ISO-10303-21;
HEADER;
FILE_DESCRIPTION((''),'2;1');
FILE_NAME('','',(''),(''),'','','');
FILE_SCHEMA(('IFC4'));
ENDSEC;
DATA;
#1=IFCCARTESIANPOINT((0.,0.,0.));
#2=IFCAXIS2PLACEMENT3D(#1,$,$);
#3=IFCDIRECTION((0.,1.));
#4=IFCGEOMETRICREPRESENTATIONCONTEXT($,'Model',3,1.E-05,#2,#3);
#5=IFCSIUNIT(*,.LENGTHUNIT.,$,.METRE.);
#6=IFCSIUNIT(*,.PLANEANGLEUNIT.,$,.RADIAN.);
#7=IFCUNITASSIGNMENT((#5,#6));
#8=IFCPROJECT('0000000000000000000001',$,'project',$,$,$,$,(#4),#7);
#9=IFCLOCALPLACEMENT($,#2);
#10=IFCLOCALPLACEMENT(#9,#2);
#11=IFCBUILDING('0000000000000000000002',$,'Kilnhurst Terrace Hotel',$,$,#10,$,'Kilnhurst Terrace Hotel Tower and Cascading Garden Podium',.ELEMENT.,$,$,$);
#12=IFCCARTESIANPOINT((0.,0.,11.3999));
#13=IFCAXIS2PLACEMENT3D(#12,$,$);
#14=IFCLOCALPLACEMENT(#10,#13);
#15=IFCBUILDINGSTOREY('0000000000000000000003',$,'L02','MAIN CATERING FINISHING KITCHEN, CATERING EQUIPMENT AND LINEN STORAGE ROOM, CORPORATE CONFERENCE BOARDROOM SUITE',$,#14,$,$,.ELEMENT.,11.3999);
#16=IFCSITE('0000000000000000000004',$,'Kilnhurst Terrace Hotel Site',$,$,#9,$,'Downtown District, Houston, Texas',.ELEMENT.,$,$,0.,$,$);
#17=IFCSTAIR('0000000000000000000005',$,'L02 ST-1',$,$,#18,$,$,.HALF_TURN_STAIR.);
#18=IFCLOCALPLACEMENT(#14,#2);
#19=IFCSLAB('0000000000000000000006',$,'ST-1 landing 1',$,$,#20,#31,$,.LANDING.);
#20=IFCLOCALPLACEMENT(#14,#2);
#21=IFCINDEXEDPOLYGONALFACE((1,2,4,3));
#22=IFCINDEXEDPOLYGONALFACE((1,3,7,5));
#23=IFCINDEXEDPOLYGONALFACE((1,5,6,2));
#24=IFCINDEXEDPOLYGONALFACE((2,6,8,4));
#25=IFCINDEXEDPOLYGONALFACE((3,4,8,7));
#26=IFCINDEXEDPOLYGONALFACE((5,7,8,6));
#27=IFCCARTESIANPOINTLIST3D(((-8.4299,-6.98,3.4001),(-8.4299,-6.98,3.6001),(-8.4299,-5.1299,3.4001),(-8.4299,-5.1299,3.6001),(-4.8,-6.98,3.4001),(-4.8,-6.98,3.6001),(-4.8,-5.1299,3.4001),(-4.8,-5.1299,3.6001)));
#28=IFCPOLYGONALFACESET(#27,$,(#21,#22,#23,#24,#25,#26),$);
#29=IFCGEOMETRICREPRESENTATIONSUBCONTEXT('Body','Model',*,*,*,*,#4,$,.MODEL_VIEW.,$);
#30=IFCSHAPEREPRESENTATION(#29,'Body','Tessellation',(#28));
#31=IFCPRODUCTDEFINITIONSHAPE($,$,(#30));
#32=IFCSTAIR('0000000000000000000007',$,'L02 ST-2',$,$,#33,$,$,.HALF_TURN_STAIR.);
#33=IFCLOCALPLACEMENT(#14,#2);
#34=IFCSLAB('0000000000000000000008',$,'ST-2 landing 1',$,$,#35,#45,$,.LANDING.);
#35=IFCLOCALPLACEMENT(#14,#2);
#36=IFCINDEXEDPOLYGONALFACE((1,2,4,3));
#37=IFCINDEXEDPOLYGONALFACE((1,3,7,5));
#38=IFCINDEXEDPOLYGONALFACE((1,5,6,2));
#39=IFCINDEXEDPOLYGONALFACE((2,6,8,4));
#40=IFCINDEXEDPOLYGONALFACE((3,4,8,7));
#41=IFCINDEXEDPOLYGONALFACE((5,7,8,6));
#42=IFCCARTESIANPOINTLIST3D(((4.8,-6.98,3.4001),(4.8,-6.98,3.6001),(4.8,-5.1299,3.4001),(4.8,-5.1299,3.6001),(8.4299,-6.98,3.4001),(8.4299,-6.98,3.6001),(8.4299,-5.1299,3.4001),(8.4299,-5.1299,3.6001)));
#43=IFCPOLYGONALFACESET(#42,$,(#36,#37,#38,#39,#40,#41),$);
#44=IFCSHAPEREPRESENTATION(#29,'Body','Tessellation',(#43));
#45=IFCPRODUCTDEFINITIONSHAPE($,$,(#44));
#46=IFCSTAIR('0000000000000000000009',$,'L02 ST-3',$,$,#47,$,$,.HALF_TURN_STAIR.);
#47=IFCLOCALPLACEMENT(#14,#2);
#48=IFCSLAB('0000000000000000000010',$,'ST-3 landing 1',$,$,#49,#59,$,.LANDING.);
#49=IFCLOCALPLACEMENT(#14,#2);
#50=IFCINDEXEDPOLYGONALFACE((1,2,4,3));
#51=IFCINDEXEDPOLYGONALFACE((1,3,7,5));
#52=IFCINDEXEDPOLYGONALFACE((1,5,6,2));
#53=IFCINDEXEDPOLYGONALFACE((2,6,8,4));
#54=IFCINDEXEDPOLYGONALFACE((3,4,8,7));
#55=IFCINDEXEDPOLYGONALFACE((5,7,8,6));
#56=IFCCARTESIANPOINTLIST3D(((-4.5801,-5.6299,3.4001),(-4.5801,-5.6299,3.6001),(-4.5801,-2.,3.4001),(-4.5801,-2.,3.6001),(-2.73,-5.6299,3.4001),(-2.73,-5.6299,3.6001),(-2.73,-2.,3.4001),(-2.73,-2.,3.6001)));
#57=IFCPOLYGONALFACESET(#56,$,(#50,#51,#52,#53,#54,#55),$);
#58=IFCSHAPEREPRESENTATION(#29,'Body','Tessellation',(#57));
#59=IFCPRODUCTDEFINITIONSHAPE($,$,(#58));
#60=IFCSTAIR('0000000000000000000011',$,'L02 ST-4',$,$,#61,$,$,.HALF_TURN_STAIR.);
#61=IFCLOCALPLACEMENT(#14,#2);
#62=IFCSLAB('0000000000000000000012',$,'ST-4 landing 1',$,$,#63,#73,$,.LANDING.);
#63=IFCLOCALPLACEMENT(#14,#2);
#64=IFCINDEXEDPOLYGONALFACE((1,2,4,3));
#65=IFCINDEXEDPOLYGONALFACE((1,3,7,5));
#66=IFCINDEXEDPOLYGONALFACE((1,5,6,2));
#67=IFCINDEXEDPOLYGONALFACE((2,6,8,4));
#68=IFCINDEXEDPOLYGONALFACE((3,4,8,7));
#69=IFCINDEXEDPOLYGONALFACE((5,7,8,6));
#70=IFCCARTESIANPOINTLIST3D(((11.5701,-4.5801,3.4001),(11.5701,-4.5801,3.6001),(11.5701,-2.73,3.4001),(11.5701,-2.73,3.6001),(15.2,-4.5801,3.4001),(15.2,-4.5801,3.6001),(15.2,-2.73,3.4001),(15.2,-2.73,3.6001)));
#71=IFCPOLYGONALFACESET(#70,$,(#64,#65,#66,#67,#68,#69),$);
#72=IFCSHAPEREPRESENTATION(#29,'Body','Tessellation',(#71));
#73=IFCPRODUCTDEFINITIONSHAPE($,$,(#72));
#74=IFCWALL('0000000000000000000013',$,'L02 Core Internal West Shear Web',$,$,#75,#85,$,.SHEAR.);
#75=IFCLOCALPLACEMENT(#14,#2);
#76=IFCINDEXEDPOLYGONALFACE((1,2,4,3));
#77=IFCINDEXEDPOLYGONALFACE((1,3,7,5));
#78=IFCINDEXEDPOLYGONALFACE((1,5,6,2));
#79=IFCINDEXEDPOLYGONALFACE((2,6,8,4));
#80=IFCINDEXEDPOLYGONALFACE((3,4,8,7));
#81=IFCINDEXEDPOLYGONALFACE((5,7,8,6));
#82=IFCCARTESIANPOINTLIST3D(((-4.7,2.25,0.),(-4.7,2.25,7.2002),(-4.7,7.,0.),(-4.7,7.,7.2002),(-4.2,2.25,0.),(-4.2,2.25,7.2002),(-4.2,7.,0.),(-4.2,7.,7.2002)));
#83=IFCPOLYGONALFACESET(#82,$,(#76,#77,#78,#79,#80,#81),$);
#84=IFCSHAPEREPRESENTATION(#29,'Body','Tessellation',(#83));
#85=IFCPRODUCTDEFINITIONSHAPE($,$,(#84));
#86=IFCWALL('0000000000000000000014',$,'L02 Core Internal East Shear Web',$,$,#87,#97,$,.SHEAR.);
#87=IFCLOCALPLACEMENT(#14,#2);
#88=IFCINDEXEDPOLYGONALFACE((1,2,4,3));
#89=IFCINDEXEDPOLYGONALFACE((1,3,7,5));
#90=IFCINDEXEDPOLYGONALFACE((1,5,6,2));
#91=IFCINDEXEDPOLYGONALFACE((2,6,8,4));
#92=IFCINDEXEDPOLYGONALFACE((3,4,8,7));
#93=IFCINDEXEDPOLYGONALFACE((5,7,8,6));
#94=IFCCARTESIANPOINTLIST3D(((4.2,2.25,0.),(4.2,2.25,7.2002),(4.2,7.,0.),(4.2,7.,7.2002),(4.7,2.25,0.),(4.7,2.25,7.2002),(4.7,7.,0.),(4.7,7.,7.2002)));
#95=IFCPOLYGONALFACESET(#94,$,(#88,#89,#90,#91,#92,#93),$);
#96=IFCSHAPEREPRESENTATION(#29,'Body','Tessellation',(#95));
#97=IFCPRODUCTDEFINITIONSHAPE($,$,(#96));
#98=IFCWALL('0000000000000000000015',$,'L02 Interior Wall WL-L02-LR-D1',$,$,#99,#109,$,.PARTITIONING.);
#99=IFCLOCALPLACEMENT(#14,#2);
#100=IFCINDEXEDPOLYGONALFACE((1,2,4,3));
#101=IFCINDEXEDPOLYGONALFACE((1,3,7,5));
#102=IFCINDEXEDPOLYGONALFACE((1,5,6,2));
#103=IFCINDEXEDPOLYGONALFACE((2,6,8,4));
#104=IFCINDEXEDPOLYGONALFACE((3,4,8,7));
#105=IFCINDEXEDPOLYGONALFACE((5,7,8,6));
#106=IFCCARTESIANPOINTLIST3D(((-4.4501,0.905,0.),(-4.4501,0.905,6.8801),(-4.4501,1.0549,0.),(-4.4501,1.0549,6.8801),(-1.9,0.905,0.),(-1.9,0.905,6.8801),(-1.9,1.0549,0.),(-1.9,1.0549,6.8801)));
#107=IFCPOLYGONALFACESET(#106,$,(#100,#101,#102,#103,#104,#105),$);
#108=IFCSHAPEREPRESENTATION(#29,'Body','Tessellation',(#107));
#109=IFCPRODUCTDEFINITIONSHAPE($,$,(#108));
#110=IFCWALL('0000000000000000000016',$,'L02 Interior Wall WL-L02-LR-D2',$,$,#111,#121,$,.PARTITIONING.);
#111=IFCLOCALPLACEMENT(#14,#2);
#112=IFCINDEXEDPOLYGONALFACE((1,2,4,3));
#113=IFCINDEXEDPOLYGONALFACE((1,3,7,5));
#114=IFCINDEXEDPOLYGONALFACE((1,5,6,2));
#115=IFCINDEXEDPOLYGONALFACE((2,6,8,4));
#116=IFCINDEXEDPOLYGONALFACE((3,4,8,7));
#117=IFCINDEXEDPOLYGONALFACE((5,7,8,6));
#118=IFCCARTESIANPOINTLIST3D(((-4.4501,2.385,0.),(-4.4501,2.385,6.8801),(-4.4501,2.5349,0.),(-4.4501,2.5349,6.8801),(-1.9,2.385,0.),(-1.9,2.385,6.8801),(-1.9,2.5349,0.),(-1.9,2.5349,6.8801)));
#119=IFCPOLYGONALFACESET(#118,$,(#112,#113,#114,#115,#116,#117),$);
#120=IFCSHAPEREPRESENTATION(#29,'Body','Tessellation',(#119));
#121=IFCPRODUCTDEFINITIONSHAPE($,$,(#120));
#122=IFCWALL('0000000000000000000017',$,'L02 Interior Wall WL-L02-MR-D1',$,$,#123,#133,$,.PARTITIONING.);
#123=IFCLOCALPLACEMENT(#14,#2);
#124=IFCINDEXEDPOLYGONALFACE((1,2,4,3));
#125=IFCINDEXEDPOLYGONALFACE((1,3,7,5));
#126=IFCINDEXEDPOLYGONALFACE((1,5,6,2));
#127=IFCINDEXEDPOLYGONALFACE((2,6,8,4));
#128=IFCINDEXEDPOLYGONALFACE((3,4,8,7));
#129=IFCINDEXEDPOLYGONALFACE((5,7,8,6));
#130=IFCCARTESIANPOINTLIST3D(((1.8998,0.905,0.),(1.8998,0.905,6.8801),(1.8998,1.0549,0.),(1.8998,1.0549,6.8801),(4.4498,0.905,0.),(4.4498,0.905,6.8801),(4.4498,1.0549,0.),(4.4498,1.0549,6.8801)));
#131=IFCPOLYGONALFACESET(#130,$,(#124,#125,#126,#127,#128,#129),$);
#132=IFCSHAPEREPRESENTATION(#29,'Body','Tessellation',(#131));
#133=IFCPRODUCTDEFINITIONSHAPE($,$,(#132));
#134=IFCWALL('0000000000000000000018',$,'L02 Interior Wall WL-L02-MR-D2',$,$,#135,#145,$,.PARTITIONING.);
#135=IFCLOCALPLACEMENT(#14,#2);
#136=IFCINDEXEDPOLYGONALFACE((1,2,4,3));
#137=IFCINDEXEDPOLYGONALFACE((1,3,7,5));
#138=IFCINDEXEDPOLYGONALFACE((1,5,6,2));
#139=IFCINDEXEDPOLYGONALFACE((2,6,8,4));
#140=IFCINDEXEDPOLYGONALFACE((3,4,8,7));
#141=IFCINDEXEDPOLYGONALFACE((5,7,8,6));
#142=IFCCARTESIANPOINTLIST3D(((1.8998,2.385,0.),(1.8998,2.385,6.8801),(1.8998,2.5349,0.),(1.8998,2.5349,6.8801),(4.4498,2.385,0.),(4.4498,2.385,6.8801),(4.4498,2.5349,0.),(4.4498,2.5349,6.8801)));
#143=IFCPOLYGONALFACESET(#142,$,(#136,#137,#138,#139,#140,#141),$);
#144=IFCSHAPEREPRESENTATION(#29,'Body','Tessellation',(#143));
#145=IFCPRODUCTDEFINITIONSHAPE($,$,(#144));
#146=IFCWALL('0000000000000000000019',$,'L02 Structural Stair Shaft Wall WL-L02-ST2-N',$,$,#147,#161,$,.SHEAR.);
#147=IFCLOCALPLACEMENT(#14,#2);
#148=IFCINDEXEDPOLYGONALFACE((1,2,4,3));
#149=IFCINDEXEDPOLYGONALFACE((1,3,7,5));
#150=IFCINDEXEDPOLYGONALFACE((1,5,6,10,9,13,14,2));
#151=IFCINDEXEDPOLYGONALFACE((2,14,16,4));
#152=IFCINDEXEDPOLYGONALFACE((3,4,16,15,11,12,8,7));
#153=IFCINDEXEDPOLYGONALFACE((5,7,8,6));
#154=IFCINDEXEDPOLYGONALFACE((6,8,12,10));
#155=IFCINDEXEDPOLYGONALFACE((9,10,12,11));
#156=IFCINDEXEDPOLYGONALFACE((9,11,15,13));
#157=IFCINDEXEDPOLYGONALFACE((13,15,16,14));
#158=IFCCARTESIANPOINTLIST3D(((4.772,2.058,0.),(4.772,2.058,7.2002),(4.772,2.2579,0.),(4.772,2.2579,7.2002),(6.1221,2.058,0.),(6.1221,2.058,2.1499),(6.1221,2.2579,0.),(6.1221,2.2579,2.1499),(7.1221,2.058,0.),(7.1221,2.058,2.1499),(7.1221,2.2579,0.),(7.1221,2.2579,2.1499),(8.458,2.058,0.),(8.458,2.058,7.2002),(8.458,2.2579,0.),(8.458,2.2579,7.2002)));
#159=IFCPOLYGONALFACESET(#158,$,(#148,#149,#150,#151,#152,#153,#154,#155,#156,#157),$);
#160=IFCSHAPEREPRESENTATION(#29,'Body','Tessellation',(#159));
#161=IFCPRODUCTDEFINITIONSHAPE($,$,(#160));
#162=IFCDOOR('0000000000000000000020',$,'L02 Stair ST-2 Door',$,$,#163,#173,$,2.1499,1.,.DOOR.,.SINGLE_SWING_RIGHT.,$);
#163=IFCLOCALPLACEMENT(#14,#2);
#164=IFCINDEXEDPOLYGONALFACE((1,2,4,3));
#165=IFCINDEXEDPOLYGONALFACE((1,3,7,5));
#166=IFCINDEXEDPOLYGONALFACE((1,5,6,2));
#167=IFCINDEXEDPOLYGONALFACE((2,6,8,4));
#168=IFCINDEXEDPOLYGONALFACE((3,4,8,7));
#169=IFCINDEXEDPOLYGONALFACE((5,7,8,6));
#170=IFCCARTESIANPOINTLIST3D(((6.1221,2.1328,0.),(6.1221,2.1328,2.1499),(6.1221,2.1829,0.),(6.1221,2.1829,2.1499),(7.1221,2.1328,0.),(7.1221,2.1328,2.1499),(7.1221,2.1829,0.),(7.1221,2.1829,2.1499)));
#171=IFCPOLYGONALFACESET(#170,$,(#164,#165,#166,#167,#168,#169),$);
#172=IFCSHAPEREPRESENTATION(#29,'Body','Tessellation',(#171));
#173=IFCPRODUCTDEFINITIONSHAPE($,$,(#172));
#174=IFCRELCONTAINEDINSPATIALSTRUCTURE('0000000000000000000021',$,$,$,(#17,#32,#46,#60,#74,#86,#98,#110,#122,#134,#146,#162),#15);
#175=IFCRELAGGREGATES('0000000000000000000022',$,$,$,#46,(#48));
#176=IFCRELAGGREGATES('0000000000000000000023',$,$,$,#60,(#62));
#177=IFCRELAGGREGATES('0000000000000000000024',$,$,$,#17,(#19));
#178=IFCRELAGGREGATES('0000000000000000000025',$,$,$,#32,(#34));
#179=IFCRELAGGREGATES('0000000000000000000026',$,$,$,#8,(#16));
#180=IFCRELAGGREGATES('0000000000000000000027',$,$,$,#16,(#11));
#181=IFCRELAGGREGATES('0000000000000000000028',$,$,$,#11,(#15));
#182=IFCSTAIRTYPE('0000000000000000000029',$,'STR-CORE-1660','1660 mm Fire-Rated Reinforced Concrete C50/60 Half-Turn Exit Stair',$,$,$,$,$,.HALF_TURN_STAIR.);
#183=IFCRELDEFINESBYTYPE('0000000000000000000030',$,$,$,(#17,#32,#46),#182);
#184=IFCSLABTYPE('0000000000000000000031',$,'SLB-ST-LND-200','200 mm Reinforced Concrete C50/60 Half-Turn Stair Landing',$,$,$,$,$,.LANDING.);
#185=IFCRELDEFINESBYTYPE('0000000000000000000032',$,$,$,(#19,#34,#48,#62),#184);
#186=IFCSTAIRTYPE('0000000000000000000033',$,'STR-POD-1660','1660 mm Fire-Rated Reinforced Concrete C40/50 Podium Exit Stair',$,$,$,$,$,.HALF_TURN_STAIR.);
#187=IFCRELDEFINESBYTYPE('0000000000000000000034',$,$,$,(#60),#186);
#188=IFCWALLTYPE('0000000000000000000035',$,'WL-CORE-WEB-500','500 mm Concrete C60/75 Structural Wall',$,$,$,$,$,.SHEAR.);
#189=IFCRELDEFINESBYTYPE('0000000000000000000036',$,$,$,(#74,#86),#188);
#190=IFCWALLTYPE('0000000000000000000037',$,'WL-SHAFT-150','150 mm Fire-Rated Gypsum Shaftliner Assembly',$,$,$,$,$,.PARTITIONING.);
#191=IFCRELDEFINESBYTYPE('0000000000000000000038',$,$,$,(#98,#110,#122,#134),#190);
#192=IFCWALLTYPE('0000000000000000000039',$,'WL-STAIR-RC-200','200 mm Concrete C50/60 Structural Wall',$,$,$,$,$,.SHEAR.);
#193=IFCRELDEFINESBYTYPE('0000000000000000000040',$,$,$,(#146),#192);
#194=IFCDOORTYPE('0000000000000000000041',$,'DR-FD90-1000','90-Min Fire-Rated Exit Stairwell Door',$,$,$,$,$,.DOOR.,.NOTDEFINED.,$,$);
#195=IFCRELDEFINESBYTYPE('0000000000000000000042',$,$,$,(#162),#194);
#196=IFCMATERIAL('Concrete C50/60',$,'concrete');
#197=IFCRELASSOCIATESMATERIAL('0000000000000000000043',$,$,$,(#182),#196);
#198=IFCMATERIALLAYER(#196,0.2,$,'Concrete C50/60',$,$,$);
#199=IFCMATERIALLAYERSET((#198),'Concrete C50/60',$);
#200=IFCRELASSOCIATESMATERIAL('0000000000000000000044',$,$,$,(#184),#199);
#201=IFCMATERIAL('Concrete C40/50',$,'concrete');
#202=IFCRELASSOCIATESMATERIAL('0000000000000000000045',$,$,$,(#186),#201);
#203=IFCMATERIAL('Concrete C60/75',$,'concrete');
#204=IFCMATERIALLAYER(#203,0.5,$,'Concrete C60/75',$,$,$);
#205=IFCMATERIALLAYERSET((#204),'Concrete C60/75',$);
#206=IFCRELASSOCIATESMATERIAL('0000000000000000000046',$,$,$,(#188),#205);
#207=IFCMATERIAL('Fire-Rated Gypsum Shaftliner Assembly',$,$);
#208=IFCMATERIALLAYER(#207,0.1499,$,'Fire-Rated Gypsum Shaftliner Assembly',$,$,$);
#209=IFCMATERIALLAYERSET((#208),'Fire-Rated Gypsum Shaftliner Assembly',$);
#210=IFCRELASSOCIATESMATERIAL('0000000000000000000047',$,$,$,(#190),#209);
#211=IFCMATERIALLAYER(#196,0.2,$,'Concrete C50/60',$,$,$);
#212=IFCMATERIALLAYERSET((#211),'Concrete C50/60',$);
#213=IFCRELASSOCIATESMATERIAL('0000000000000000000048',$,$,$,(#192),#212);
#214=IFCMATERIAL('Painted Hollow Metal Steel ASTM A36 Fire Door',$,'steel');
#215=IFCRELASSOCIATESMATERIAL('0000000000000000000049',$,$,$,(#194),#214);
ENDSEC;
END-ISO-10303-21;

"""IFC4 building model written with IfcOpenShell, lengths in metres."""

from ifc_helpers import new_model, si_unit, direction, frame, frame_2d, origin, place, context, subcontext, project, spatial, polyline, rectangle, outline, extrude, material, layer, layer_set, type_object, element, fill, aggregate, save


model = new_model("IFC4")

# Units and contexts
model_context = context("Model", 3, precision=1e-05, world=origin(), true_north=direction((0.0, 1.0)))
body_context = subcontext(model_context, "Body", "Model", "MODEL_VIEW")
ifc_project = project(units=[si_unit("LENGTHUNIT", "METRE"), si_unit("PLANEANGLEUNIT", "RADIAN")], contexts=[model_context])

# Site, building, storey
site_placement = place(None, origin())
site = spatial("IfcSite", under=ifc_project, at=site_placement, Name="Kilnhurst Terrace Hotel Site", LongName="Downtown District, Houston, Texas", CompositionType="ELEMENT", RefElevation=0.0)
building_placement = place(site_placement, origin())
building = spatial("IfcBuilding", under=site, at=building_placement, Name="Kilnhurst Terrace Hotel", LongName="Kilnhurst Terrace Hotel Tower and Cascading Garden Podium", CompositionType="ELEMENT")
storey_placement = place(building_placement, frame((0.0, 0.0, 11.3999)))
storey = spatial("IfcBuildingStorey", under=building, at=storey_placement, Name="L02", Description="MAIN CATERING FINISHING KITCHEN, CATERING EQUIPMENT AND LINEN STORAGE ROOM, CORPORATE CONFERENCE BOARDROOM SUITE", CompositionType="ELEMENT", Elevation=11.3999)

# Stairs, slabs
ifc_material_1 = material(Name="Concrete C50/60", Category="concrete")
stair_type_1 = type_object("IfcStairType", Name="STR-CORE-1660", Description="1660 mm Fire-Rated Reinforced Concrete C50/60 Half-Turn Exit Stair", PredefinedType="HALF_TURN_STAIR", material=ifc_material_1)
stair_1_placement = place(storey_placement, origin())
stair_1 = element("IfcStair", 1, at=stair_1_placement, inside=storey, type_object=stair_type_1, Name="L02 ST-1", PredefinedType="HALF_TURN_STAIR")
ifc_layer_1 = layer(ifc_material_1, 0.2, Name="Concrete C50/60")
ifc_layer_set_1 = layer_set([ifc_layer_1], Name="Concrete C50/60")
slab_type = type_object("IfcSlabType", Name="SLB-ST-LND-200", Description="200 mm Reinforced Concrete C50/60 Half-Turn Stair Landing", PredefinedType="LANDING", material=ifc_layer_set_1)
slab_1_placement = place(storey_placement, frame((0.0, 0.0, 3.4001)))
slab_1 = element("IfcSlab", 2, at=slab_1_placement, type_object=slab_type, Name="ST-1 landing 1", PredefinedType="LANDING", context=body_context, shape_type="SweptSolid", body=[
    extrude(outline(polyline([(-8.4299, -5.1299), (-4.8, -5.1299), (-4.8, -6.98), (-8.4299, -6.98), (-8.4299, -5.1299)])), origin(), (0.0, 0.0, 1.0), 0.2),
])
stair_2_placement = place(storey_placement, origin())
stair_2 = element("IfcStair", 3, at=stair_2_placement, inside=storey, type_object=stair_type_1, Name="L02 ST-2", PredefinedType="HALF_TURN_STAIR")
slab_2_placement = place(storey_placement, frame((0.0, 0.0, 3.4001)))
slab_2 = element("IfcSlab", 4, at=slab_2_placement, type_object=slab_type, Name="ST-2 landing 1", PredefinedType="LANDING", context=body_context, shape_type="SweptSolid", body=[
    extrude(outline(polyline([(4.8, -5.1299), (8.4299, -5.1299), (8.4299, -6.98), (4.8, -6.98), (4.8, -5.1299)])), origin(), (0.0, 0.0, 1.0), 0.2),
])
stair_3_placement = place(storey_placement, origin())
stair_3 = element("IfcStair", 5, at=stair_3_placement, inside=storey, type_object=stair_type_1, Name="L02 ST-3", PredefinedType="HALF_TURN_STAIR")
slab_3_placement = place(storey_placement, frame((0.0, 0.0, 3.4001)))
slab_3 = element("IfcSlab", 6, at=slab_3_placement, type_object=slab_type, Name="ST-3 landing 1", PredefinedType="LANDING", context=body_context, shape_type="SweptSolid", body=[
    extrude(outline(polyline([(-2.73, -2.0), (-2.73, -5.6299), (-4.5801, -5.6299), (-4.5801, -2.0), (-2.73, -2.0)])), origin(), (0.0, 0.0, 1.0), 0.2),
])
aggregate(stair_3, [slab_3])
ifc_material_2 = material(Name="Concrete C40/50", Category="concrete")
stair_type_2 = type_object("IfcStairType", Name="STR-POD-1660", Description="1660 mm Fire-Rated Reinforced Concrete C40/50 Podium Exit Stair", PredefinedType="HALF_TURN_STAIR", material=ifc_material_2)
stair_4_placement = place(storey_placement, origin())
stair_4 = element("IfcStair", 7, at=stair_4_placement, inside=storey, type_object=stair_type_2, Name="L02 ST-4", PredefinedType="HALF_TURN_STAIR")
slab_4_placement = place(storey_placement, frame((0.0, 0.0, 3.4001)))
slab_4 = element("IfcSlab", 8, at=slab_4_placement, type_object=slab_type, Name="ST-4 landing 1", PredefinedType="LANDING", context=body_context, shape_type="SweptSolid", body=[
    extrude(outline(polyline([(11.5701, -2.73), (15.2, -2.73), (15.2, -4.5801), (11.5701, -4.5801), (11.5701, -2.73)])), origin(), (0.0, 0.0, 1.0), 0.2),
])
aggregate(stair_4, [slab_4])

# Walls
ifc_material_3 = material(Name="Concrete C60/75", Category="concrete")
ifc_layer_2 = layer(ifc_material_3, 0.5, Name="Concrete C60/75")
ifc_layer_set_2 = layer_set([ifc_layer_2], Name="Concrete C60/75")
wall_type_1 = type_object("IfcWallType", Name="WL-CORE-WEB-500", Description="500 mm Concrete C60/75 Structural Wall", PredefinedType="SHEAR", material=ifc_layer_set_2)
for number, where, z_axis, x_axis, name in (
    (9, (-4.45, 2.25, 0.0), (0.0, 0.0, 1.0), (0.0, 1.0, 0.0), "L02 Core Internal West Shear Web"),
    (10, (4.45, 2.25, 0.0), (0.0, 0.0, 1.0), (0.0, 1.0, 0.0), "L02 Core Internal East Shear Web"),
):
    element("IfcWall", number, at=place(storey_placement, frame(where, z_axis=z_axis, x_axis=x_axis)), inside=storey, type_object=wall_type_1, Name=name, PredefinedType="SHEAR", context=body_context, shape_type="SweptSolid", body=[
        extrude(rectangle(XDim=4.75, YDim=0.5, at=frame_2d((2.375, 0.0))), origin(), (0.0, 0.0, 1.0), 7.2002),
    ])
ifc_material_4 = material(Name="Fire-Rated Gypsum Shaftliner Assembly")
ifc_layer_3 = layer(ifc_material_4, 0.1499, Name="Fire-Rated Gypsum Shaftliner Assembly")
ifc_layer_set_3 = layer_set([ifc_layer_3], Name="Fire-Rated Gypsum Shaftliner Assembly")
wall_type_2 = type_object("IfcWallType", Name="WL-SHAFT-150", Description="150 mm Fire-Rated Gypsum Shaftliner Assembly", PredefinedType="PARTITIONING", material=ifc_layer_set_3)
for number, where, z_axis, x_axis, name in (
    (11, (-4.45, 0.98, 0.0), (0.0, 0.0, 1.0), (1.0, 0.0, 0.0), "L02 Interior Wall WL-L02-LR-D1"),
    (12, (-4.45, 2.46, 0.0), (0.0, 0.0, 1.0), (1.0, 0.0, 0.0), "L02 Interior Wall WL-L02-LR-D2"),
    (13, (1.8999, 0.98, 0.0), (0.0, 0.0, 1.0), (1.0, 0.0, 0.0), "L02 Interior Wall WL-L02-MR-D1"),
    (14, (1.8999, 2.46, 0.0), (0.0, 0.0, 1.0), (1.0, 0.0, 0.0), "L02 Interior Wall WL-L02-MR-D2"),
):
    element("IfcWall", number, at=place(storey_placement, frame(where, z_axis=z_axis, x_axis=x_axis)), inside=storey, type_object=wall_type_2, Name=name, PredefinedType="PARTITIONING", context=body_context, shape_type="SweptSolid", body=[
        extrude(rectangle(XDim=2.55, YDim=0.1499, at=frame_2d((1.2749, 0.0))), origin(), (0.0, 0.0, 1.0), 6.8801),
    ])

# Wall, opening, door
ifc_layer_4 = layer(ifc_material_1, 0.2, Name="Concrete C50/60")
ifc_layer_set_4 = layer_set([ifc_layer_4], Name="Concrete C50/60")
wall_type_3 = type_object("IfcWallType", Name="WL-STAIR-RC-200", Description="200 mm Concrete C50/60 Structural Wall", PredefinedType="SHEAR", material=ifc_layer_set_4)
wall_placement = place(storey_placement, frame((4.772, 2.158, 0.0), z_axis=(0.0, 0.0, 1.0), x_axis=(1.0, 0.0, 0.0)))
wall = element("IfcWall", 15, at=wall_placement, inside=storey, type_object=wall_type_3, Name="L02 Structural Stair Shaft Wall WL-L02-ST2-N", PredefinedType="SHEAR", context=body_context, shape_type="SweptSolid", body=[
    extrude(rectangle(XDim=3.686, YDim=0.2, at=frame_2d((1.843, 0.0))), origin(), (0.0, 0.0, 1.0), 7.2002),
])
opening_placement = place(wall_placement, frame((1.3501, 0.0, 0.0)))
opening = element("IfcOpeningElement", 16, at=opening_placement, cuts=wall, PredefinedType="OPENING", context=body_context, shape_type="SweptSolid", body=[
    extrude(rectangle(XDim=1.0, YDim=2.1499, at=frame_2d((0.5, 1.075))), frame((0.0, 0.1099, 0.0), z_axis=(0.0, -1.0, 0.0), x_axis=(1.0, 0.0, 0.0)), (0.0, 0.0, 1.0), 0.22),
])
ifc_material_5 = material(Name="Painted Hollow Metal Steel ASTM A36 Fire Door", Category="steel")
door_type = type_object("IfcDoorType", Name="DR-FD90-1000", Description="90-Min Fire-Rated Exit Stairwell Door", OperationType="NOTDEFINED", PredefinedType="DOOR", material=ifc_material_5)
door_placement = place(opening_placement, origin())
door = element("IfcDoor", 17, at=door_placement, inside=storey, type_object=door_type, Name="L02 Stair ST-2 Door", OperationType="SINGLE_SWING_RIGHT", OverallHeight=2.1499, OverallWidth=1.0, PredefinedType="DOOR", context=body_context, shape_type="SweptSolid", body=[
    extrude(rectangle(XDim=1.0, YDim=2.1499, at=frame_2d((0.5, 1.075))), frame((0.0, 0.0249, 0.0), z_axis=(0.0, -1.0, 0.0), x_axis=(1.0, 0.0, 0.0)), (0.0, 0.0, 1.0), 0.05),
])
fill(opening, door)

aggregate(stair_1, [slab_1])
aggregate(stair_2, [slab_2])

save(model, "model.ifc")
